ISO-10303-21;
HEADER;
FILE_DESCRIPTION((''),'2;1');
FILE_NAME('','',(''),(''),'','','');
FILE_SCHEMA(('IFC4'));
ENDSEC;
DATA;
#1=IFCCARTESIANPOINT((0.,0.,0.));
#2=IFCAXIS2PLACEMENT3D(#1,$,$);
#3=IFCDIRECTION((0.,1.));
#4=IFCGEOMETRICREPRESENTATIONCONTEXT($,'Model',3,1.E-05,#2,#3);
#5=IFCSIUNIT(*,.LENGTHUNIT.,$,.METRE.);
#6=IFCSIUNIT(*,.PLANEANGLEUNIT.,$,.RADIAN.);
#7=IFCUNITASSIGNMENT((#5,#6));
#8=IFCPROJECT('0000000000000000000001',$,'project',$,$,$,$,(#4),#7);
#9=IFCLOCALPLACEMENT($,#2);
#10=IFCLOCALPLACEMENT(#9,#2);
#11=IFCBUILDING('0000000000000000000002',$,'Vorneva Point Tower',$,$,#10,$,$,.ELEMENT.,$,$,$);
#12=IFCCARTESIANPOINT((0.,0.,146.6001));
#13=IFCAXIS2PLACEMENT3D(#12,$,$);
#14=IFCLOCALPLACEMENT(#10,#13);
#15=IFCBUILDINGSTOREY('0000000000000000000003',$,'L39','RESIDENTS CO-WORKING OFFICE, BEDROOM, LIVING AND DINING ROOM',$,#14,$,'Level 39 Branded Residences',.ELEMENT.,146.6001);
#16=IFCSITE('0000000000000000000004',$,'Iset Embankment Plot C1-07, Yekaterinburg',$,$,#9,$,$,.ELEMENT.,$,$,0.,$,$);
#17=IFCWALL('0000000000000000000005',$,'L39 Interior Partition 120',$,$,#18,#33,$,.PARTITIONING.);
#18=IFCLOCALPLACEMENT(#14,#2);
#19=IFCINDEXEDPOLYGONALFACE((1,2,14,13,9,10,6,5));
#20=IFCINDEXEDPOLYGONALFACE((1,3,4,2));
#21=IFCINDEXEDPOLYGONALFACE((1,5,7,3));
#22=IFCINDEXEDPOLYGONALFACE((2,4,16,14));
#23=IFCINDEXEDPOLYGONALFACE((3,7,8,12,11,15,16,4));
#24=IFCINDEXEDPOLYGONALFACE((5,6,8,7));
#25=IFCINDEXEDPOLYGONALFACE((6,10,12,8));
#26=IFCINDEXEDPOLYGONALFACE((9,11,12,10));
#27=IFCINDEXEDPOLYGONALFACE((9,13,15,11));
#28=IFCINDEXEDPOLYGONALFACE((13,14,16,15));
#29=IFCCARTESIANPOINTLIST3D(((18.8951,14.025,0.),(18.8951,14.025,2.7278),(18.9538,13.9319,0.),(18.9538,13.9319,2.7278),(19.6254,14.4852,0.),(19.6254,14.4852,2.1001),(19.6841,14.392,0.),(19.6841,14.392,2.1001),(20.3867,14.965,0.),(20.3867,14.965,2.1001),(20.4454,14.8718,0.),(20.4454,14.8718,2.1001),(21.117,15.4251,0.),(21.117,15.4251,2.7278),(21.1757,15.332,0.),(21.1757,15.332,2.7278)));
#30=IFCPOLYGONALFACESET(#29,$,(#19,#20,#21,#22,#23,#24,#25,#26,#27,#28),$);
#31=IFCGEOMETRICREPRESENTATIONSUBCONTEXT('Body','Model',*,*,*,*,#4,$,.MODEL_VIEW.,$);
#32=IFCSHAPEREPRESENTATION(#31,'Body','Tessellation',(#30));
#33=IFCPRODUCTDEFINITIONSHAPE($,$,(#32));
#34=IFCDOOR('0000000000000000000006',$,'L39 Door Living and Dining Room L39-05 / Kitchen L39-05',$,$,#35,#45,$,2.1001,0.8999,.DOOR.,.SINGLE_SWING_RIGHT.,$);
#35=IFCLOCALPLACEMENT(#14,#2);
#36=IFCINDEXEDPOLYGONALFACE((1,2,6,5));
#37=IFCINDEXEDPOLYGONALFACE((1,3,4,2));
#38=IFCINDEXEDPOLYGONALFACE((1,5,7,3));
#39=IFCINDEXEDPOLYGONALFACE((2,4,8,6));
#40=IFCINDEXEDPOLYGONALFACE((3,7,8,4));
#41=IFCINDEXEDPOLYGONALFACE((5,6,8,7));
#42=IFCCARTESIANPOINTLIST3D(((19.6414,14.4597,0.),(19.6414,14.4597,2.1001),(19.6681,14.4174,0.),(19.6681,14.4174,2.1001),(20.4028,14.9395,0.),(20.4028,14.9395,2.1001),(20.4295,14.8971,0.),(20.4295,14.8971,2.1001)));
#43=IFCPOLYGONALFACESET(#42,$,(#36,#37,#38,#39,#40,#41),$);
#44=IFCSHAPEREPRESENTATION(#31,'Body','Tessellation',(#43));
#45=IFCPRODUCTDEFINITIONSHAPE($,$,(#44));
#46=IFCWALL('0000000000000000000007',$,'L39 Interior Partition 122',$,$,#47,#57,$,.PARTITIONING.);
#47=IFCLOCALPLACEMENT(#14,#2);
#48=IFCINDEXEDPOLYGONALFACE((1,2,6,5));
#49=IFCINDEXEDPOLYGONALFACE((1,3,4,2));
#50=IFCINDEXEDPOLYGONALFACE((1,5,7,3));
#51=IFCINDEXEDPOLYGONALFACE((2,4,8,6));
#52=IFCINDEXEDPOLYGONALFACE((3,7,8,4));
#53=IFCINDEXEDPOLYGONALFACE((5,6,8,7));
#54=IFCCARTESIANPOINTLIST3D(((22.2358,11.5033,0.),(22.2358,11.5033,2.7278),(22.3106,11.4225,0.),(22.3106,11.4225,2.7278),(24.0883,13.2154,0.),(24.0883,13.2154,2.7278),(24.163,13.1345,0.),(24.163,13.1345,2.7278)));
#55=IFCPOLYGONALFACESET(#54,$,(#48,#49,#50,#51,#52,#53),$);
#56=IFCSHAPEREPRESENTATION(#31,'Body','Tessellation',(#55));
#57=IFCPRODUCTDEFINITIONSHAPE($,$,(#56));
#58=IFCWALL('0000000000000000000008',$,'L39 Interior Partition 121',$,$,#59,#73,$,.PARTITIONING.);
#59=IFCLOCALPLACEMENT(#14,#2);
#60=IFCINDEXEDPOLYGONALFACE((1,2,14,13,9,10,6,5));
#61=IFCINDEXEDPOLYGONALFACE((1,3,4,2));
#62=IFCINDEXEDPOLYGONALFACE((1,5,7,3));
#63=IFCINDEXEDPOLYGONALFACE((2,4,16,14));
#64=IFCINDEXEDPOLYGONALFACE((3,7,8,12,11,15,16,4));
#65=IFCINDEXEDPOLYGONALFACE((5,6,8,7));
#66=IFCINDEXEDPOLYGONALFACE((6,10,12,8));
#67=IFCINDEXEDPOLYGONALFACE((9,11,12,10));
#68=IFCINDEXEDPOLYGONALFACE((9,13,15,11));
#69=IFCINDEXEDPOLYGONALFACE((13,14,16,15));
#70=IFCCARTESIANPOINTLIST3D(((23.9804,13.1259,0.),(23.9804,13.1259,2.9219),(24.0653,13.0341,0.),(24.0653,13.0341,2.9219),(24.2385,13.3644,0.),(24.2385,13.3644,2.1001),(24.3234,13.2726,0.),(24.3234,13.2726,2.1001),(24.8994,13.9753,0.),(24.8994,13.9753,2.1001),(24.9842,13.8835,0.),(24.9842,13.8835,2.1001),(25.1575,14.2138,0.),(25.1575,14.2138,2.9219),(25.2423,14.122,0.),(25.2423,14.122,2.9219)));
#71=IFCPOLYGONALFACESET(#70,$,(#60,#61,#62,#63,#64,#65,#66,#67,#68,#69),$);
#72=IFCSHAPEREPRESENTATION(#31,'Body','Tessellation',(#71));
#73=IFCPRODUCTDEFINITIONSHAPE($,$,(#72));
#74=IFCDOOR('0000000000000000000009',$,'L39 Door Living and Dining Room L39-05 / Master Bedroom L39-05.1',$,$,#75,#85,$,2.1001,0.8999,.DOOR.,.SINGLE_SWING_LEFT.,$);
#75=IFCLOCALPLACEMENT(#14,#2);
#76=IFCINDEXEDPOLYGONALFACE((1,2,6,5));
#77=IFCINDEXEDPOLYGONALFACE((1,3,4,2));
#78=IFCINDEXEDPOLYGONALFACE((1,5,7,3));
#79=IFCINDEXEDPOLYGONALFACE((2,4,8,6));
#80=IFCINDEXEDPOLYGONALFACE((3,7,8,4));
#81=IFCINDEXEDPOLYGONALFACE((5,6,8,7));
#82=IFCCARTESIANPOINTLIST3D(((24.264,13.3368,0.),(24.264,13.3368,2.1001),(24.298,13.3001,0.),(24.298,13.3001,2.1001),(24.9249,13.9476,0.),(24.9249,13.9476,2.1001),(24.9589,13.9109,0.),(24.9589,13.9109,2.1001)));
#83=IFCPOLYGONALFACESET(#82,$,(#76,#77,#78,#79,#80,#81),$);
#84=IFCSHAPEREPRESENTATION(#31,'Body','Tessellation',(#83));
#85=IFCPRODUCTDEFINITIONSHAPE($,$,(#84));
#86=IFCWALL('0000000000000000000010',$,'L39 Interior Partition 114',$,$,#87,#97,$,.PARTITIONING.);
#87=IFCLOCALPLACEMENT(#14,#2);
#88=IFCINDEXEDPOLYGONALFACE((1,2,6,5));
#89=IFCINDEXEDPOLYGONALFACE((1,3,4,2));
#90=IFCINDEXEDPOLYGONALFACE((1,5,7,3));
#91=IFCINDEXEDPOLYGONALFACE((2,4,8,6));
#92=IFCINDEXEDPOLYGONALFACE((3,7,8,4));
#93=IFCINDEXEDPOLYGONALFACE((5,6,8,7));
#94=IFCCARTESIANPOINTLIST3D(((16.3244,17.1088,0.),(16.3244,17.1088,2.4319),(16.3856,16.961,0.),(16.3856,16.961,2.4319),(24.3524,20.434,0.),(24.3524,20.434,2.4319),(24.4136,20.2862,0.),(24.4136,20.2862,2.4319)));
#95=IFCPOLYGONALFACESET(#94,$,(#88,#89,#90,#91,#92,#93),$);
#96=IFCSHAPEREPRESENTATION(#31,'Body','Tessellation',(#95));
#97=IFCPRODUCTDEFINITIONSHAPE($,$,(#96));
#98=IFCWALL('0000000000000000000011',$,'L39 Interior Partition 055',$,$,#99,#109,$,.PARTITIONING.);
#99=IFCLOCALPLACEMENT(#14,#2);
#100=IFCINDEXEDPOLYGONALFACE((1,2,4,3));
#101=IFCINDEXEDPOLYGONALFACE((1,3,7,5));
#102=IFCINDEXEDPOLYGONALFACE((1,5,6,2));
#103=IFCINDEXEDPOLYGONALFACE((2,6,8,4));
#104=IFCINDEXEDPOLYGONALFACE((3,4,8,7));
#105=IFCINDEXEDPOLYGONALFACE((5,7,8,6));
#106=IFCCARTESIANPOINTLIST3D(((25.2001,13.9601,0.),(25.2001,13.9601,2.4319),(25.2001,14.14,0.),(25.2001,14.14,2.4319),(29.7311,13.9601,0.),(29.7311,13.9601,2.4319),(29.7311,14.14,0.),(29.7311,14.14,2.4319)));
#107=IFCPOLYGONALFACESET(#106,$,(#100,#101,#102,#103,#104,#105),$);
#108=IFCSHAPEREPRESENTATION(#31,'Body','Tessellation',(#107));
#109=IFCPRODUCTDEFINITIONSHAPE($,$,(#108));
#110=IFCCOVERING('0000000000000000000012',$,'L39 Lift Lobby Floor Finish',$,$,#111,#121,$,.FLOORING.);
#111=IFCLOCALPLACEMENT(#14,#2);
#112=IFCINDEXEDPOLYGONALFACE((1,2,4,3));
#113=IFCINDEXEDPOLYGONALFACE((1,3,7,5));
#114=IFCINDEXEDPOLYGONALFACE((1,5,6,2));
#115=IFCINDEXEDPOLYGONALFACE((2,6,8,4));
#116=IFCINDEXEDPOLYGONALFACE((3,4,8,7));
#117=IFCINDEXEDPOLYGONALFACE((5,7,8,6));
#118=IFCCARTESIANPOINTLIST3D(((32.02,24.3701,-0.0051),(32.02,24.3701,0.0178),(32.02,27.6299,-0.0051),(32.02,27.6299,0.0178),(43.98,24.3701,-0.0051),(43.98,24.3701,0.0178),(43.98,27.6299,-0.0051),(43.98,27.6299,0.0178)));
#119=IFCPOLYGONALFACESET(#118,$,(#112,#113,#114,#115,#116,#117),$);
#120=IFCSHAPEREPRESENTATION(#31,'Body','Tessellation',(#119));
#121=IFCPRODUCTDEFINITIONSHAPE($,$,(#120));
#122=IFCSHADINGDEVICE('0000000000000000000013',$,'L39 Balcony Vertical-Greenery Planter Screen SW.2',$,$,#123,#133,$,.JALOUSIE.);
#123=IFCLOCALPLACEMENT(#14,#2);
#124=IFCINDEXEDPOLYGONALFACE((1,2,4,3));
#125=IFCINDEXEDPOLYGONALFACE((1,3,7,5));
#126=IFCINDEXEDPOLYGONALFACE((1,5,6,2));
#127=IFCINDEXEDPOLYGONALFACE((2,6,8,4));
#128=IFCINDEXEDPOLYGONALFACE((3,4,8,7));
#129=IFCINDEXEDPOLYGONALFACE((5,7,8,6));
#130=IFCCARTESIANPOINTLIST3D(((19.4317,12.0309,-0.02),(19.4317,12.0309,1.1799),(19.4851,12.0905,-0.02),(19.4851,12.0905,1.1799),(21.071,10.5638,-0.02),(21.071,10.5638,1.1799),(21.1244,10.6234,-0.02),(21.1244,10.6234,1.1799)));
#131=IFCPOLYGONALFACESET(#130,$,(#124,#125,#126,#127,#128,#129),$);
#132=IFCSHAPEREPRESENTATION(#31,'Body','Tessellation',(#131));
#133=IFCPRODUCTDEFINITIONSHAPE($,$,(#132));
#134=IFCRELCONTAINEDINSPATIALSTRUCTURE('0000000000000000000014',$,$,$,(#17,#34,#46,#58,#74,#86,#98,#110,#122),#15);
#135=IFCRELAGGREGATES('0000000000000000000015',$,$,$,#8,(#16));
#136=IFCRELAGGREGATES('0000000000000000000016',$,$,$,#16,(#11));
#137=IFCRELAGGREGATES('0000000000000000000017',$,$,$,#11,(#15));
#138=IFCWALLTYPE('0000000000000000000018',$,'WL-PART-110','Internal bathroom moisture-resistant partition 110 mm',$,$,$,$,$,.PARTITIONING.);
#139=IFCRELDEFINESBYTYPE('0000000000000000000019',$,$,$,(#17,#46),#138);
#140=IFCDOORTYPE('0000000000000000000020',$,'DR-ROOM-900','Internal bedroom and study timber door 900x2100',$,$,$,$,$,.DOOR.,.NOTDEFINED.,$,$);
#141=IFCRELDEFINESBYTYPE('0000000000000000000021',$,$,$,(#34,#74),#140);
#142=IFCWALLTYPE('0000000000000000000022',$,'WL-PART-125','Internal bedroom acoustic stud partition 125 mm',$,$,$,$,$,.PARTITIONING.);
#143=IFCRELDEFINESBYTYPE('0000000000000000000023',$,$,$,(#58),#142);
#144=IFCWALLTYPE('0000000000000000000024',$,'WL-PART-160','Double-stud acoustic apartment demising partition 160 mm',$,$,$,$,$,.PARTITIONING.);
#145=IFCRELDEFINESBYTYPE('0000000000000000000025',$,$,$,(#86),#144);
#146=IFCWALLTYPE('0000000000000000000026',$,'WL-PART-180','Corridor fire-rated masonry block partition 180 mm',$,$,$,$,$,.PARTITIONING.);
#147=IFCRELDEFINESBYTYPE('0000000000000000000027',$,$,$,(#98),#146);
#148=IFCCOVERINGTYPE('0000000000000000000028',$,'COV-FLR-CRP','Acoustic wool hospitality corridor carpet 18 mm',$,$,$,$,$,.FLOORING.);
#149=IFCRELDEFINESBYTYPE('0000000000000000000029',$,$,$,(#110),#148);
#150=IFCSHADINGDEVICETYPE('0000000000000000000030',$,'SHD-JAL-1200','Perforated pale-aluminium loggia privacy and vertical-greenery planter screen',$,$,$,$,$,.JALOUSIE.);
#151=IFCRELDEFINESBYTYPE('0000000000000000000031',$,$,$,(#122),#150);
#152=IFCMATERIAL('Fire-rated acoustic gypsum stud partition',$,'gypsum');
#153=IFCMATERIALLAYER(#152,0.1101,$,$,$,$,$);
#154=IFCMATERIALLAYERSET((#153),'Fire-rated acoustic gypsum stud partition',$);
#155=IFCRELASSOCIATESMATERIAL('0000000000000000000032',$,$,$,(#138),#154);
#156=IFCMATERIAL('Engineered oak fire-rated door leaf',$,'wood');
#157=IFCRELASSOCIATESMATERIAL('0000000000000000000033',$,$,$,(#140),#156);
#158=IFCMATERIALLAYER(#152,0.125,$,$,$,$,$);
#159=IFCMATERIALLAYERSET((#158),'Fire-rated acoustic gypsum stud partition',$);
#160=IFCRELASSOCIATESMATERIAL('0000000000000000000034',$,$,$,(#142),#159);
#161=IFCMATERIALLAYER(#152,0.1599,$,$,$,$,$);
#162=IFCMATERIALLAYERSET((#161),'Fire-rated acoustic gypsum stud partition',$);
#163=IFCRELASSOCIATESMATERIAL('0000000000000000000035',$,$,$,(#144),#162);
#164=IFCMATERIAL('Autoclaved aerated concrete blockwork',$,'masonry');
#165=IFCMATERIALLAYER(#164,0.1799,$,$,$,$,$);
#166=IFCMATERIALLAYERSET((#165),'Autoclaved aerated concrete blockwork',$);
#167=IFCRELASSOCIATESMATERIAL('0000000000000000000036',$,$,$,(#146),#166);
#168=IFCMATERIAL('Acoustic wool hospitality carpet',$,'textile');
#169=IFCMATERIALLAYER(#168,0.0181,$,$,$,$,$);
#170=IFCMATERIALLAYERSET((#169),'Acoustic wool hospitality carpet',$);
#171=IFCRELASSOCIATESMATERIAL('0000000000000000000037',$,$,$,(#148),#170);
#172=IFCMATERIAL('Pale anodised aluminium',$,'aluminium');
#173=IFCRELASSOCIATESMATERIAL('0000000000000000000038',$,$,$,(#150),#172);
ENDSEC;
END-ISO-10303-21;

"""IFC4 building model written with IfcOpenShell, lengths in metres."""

from ifc_helpers import new_model, si_unit, direction, frame, frame_2d, origin, origin_2d, place, context, subcontext, project, spatial, polyline, rectangle, outline, extrude, material, layer, layer_set, type_object, element, fill, save


model = new_model("IFC4")

# Units and contexts
model_context = context("Model", 3, precision=1e-05, world=origin(), true_north=direction((0.0, 1.0)))
body_context = subcontext(model_context, "Body", "Model", "MODEL_VIEW")
ifc_project = project(units=[si_unit("LENGTHUNIT", "METRE"), si_unit("PLANEANGLEUNIT", "RADIAN")], contexts=[model_context])

# Site, building, storey
site_placement = place(None, origin())
site = spatial("IfcSite", under=ifc_project, at=site_placement, Name="Iset Embankment Plot C1-07, Yekaterinburg", CompositionType="ELEMENT", RefElevation=0.0)
building_placement = place(site_placement, origin())
building = spatial("IfcBuilding", under=site, at=building_placement, Name="Vorneva Point Tower", CompositionType="ELEMENT")
storey_placement = place(building_placement, frame((0.0, 0.0, 146.6001)))
storey = spatial("IfcBuildingStorey", under=building, at=storey_placement, Name="L39", Description="RESIDENTS CO-WORKING OFFICE, BEDROOM, LIVING AND DINING ROOM", LongName="Level 39 Branded Residences", CompositionType="ELEMENT", Elevation=146.6001)

# Shared definitions
ifc_material_1 = material(Name="Pale anodised aluminium", Category="aluminium")

# Shared definitions
ifc_material_2 = material(Name="Fire-rated acoustic gypsum stud partition", Category="gypsum")
ifc_layer_1 = layer(ifc_material_2, 0.1101)
ifc_layer_set_1 = layer_set([ifc_layer_1], Name="Fire-rated acoustic gypsum stud partition")
wall_type_1 = type_object("IfcWallType", Name="WL-PART-110", Description="Internal bathroom moisture-resistant partition 110 mm", PredefinedType="PARTITIONING", material=ifc_layer_set_1)
ifc_material_3 = material(Name="Engineered oak fire-rated door leaf", Category="wood")

# Wall, opening, door
wall_1_placement = place(storey_placement, frame((18.9246, 13.9785, 0.0), z_axis=(0.0, 0.0, 1.0), x_axis=(0.846034, 0.533129, 0.0)))
wall_1 = element("IfcWall", 1, at=wall_1_placement, inside=storey, type_object=wall_type_1, Name="L39 Interior Partition 120", PredefinedType="PARTITIONING", context=body_context, shape_type="SweptSolid", body=[
    extrude(rectangle(XDim=2.6262, YDim=0.1101, at=frame_2d((1.313, 0.0))), origin(), (0.0, 0.0, 1.0), 2.7278),
])
opening_1_placement = place(wall_1_placement, frame((0.863, 0.0, 0.0)))
opening_1 = element("IfcOpeningElement", 2, at=opening_1_placement, cuts=wall_1, PredefinedType="OPENING", context=body_context, shape_type="SweptSolid", body=[
    extrude(rectangle(XDim=0.8999, YDim=2.1001, at=frame_2d((0.45, 1.05))), frame((0.0, 0.0698, 0.0), z_axis=(0.0, -1.0, 0.0), x_axis=(1.0, 0.0, 0.0)), (0.0, 0.0, 1.0), 0.1399),
])
door_type_1 = type_object("IfcDoorType", Name="DR-ROOM-900", Description="Internal bedroom and study timber door 900x2100", OperationType="NOTDEFINED", PredefinedType="DOOR", material=ifc_material_3)
door_1_placement = place(opening_1_placement, origin())
door_1 = element("IfcDoor", 3, at=door_1_placement, inside=storey, type_object=door_type_1, Name="L39 Door Living and Dining Room L39-05 / Kitchen L39-05", OperationType="SINGLE_SWING_RIGHT", OverallHeight=2.1001, OverallWidth=0.8999, PredefinedType="DOOR", context=body_context, shape_type="SweptSolid", body=[
    extrude(rectangle(XDim=0.8999, YDim=2.1001, at=frame_2d((0.45, 1.05))), frame((0.0, 0.0249, 0.0), z_axis=(0.0, -1.0, 0.0), x_axis=(1.0, 0.0, 0.0)), (0.0, 0.0, 1.0), 0.05),
])
fill(opening_1, door_1)

# Wall
wall_2_placement = place(storey_placement, frame((22.2732, 11.4629, 0.0), z_axis=(0.0, 0.0, 1.0), x_axis=(0.734384, 0.678734, 0.0)))
element("IfcWall", 4, at=wall_2_placement, inside=storey, type_object=wall_type_1, Name="L39 Interior Partition 122", PredefinedType="PARTITIONING", context=body_context, shape_type="SweptSolid", body=[
    extrude(rectangle(XDim=2.5225, YDim=0.1101, at=frame_2d((1.2612, 0.0))), origin(), (0.0, 0.0, 1.0), 2.7278),
])

# Wall, opening, door
ifc_layer_2 = layer(ifc_material_2, 0.125)
ifc_layer_set_2 = layer_set([ifc_layer_2], Name="Fire-rated acoustic gypsum stud partition")
wall_type_2 = type_object("IfcWallType", Name="WL-PART-125", Description="Internal bedroom acoustic stud partition 125 mm", PredefinedType="PARTITIONING", material=ifc_layer_set_2)
wall_3_placement = place(storey_placement, frame((24.0229, 13.0801, 0.0), z_axis=(0.0, 0.0, 1.0), x_axis=(0.734359, 0.678761, 0.0)))
wall_3 = element("IfcWall", 5, at=wall_3_placement, inside=storey, type_object=wall_type_2, Name="L39 Interior Partition 121", PredefinedType="PARTITIONING", context=body_context, shape_type="SweptSolid", body=[
    extrude(rectangle(XDim=1.6028, YDim=0.125, at=frame_2d((0.8013, 0.0))), origin(), (0.0, 0.0, 1.0), 2.9219),
])
opening_2_placement = place(wall_3_placement, frame((0.3513, 0.0, 0.0)))
opening_2 = element("IfcOpeningElement", 6, at=opening_2_placement, cuts=wall_3, PredefinedType="OPENING", context=body_context, shape_type="SweptSolid", body=[
    extrude(rectangle(XDim=0.8999, YDim=2.1001, at=frame_2d((0.45, 1.05))), frame((0.0, 0.0774, 0.0), z_axis=(0.0, -1.0, 0.0), x_axis=(1.0, 0.0, 0.0)), (0.0, 0.0, 1.0), 0.1548),
])
door_2_placement = place(opening_2_placement, origin())
door_2 = element("IfcDoor", 7, at=door_2_placement, inside=storey, type_object=door_type_1, Name="L39 Door Living and Dining Room L39-05 / Master Bedroom L39-05.1", OperationType="SINGLE_SWING_LEFT", OverallHeight=2.1001, OverallWidth=0.8999, PredefinedType="DOOR", context=body_context, shape_type="SweptSolid", body=[
    extrude(rectangle(XDim=0.8999, YDim=2.1001, at=frame_2d((0.45, 1.05))), frame((0.0, 0.0249, 0.0), z_axis=(0.0, -1.0, 0.0), x_axis=(1.0, 0.0, 0.0)), (0.0, 0.0, 1.0), 0.05),
])
fill(opening_2, door_2)

# Walls
ifc_layer_3 = layer(ifc_material_2, 0.1599)
ifc_layer_set_3 = layer_set([ifc_layer_3], Name="Fire-rated acoustic gypsum stud partition")
wall_type_3 = type_object("IfcWallType", Name="WL-PART-160", Description="Double-stud acoustic apartment demising partition 160 mm", PredefinedType="PARTITIONING", material=ifc_layer_set_3)
wall_4_placement = place(storey_placement, frame((16.355, 17.0349, 0.0), z_axis=(0.0, 0.0, 1.0), x_axis=(0.923885, 0.382669, 0.0)))
element("IfcWall", 8, at=wall_4_placement, inside=storey, type_object=wall_type_3, Name="L39 Interior Partition 114", PredefinedType="PARTITIONING", context=body_context, shape_type="SweptSolid", body=[
    extrude(rectangle(XDim=8.6895, YDim=0.1599, at=frame_2d((4.3447, 0.0))), origin(), (0.0, 0.0, 1.0), 2.4319),
])
ifc_material_4 = material(Name="Autoclaved aerated concrete blockwork", Category="masonry")
ifc_layer_4 = layer(ifc_material_4, 0.1799)
ifc_layer_set_4 = layer_set([ifc_layer_4], Name="Autoclaved aerated concrete blockwork")
wall_type_4 = type_object("IfcWallType", Name="WL-PART-180", Description="Corridor fire-rated masonry block partition 180 mm", PredefinedType="PARTITIONING", material=ifc_layer_set_4)
wall_5_placement = place(storey_placement, frame((25.2, 14.05, 0.0), z_axis=(0.0, 0.0, 1.0), x_axis=(1.0, 0.0, 0.0)))
element("IfcWall", 9, at=wall_5_placement, inside=storey, type_object=wall_type_4, Name="L39 Interior Partition 055", PredefinedType="PARTITIONING", context=body_context, shape_type="SweptSolid", body=[
    extrude(rectangle(XDim=4.531, YDim=0.1799, at=frame_2d((2.2656, 0.0))), origin(), (0.0, 0.0, 1.0), 2.4319),
])

# Covering
ifc_material_5 = material(Name="Acoustic wool hospitality carpet", Category="textile")
ifc_layer_5 = layer(ifc_material_5, 0.0181)
ifc_layer_set_5 = layer_set([ifc_layer_5], Name="Acoustic wool hospitality carpet")
covering_type = type_object("IfcCoveringType", Name="COV-FLR-CRP", Description="Acoustic wool hospitality corridor carpet 18 mm", PredefinedType="FLOORING", material=ifc_layer_set_5)
covering_placement = place(storey_placement, frame((0.0, 0.0, -0.0051)))
element("IfcCovering", 10, at=covering_placement, inside=storey, type_object=covering_type, Name="L39 Lift Lobby Floor Finish", PredefinedType="FLOORING", context=body_context, shape_type="SweptSolid", body=[
    extrude(outline(polyline([(32.02, 24.3701), (43.98, 24.3701), (43.98, 27.6299), (32.02, 27.6299), (32.02, 24.3701)])), origin(), (0.0, 0.0, 1.0), 0.0229),
])

# Shading device
shading_device_type = type_object("IfcShadingDeviceType", Name="SHD-JAL-1200", Description="Perforated pale-aluminium loggia privacy and vertical-greenery planter screen", PredefinedType="JALOUSIE", material=ifc_material_1)
shading_device_placement = place(storey_placement, frame((20.2781, 11.3271, -0.02), z_axis=(0.0, 0.0, 1.0), x_axis=(0.745173, -0.666871, 0.0)))
element("IfcShadingDevice", 11, at=shading_device_placement, inside=storey, type_object=shading_device_type, Name="L39 Balcony Vertical-Greenery Planter Screen SW.2", PredefinedType="JALOUSIE", context=body_context, shape_type="SweptSolid", body=[
    extrude(rectangle(XDim=2.2, YDim=0.0801, at=origin_2d()), origin(), (0.0, 0.0, 1.0), 1.2),
])

save(model, "model.ifc")
